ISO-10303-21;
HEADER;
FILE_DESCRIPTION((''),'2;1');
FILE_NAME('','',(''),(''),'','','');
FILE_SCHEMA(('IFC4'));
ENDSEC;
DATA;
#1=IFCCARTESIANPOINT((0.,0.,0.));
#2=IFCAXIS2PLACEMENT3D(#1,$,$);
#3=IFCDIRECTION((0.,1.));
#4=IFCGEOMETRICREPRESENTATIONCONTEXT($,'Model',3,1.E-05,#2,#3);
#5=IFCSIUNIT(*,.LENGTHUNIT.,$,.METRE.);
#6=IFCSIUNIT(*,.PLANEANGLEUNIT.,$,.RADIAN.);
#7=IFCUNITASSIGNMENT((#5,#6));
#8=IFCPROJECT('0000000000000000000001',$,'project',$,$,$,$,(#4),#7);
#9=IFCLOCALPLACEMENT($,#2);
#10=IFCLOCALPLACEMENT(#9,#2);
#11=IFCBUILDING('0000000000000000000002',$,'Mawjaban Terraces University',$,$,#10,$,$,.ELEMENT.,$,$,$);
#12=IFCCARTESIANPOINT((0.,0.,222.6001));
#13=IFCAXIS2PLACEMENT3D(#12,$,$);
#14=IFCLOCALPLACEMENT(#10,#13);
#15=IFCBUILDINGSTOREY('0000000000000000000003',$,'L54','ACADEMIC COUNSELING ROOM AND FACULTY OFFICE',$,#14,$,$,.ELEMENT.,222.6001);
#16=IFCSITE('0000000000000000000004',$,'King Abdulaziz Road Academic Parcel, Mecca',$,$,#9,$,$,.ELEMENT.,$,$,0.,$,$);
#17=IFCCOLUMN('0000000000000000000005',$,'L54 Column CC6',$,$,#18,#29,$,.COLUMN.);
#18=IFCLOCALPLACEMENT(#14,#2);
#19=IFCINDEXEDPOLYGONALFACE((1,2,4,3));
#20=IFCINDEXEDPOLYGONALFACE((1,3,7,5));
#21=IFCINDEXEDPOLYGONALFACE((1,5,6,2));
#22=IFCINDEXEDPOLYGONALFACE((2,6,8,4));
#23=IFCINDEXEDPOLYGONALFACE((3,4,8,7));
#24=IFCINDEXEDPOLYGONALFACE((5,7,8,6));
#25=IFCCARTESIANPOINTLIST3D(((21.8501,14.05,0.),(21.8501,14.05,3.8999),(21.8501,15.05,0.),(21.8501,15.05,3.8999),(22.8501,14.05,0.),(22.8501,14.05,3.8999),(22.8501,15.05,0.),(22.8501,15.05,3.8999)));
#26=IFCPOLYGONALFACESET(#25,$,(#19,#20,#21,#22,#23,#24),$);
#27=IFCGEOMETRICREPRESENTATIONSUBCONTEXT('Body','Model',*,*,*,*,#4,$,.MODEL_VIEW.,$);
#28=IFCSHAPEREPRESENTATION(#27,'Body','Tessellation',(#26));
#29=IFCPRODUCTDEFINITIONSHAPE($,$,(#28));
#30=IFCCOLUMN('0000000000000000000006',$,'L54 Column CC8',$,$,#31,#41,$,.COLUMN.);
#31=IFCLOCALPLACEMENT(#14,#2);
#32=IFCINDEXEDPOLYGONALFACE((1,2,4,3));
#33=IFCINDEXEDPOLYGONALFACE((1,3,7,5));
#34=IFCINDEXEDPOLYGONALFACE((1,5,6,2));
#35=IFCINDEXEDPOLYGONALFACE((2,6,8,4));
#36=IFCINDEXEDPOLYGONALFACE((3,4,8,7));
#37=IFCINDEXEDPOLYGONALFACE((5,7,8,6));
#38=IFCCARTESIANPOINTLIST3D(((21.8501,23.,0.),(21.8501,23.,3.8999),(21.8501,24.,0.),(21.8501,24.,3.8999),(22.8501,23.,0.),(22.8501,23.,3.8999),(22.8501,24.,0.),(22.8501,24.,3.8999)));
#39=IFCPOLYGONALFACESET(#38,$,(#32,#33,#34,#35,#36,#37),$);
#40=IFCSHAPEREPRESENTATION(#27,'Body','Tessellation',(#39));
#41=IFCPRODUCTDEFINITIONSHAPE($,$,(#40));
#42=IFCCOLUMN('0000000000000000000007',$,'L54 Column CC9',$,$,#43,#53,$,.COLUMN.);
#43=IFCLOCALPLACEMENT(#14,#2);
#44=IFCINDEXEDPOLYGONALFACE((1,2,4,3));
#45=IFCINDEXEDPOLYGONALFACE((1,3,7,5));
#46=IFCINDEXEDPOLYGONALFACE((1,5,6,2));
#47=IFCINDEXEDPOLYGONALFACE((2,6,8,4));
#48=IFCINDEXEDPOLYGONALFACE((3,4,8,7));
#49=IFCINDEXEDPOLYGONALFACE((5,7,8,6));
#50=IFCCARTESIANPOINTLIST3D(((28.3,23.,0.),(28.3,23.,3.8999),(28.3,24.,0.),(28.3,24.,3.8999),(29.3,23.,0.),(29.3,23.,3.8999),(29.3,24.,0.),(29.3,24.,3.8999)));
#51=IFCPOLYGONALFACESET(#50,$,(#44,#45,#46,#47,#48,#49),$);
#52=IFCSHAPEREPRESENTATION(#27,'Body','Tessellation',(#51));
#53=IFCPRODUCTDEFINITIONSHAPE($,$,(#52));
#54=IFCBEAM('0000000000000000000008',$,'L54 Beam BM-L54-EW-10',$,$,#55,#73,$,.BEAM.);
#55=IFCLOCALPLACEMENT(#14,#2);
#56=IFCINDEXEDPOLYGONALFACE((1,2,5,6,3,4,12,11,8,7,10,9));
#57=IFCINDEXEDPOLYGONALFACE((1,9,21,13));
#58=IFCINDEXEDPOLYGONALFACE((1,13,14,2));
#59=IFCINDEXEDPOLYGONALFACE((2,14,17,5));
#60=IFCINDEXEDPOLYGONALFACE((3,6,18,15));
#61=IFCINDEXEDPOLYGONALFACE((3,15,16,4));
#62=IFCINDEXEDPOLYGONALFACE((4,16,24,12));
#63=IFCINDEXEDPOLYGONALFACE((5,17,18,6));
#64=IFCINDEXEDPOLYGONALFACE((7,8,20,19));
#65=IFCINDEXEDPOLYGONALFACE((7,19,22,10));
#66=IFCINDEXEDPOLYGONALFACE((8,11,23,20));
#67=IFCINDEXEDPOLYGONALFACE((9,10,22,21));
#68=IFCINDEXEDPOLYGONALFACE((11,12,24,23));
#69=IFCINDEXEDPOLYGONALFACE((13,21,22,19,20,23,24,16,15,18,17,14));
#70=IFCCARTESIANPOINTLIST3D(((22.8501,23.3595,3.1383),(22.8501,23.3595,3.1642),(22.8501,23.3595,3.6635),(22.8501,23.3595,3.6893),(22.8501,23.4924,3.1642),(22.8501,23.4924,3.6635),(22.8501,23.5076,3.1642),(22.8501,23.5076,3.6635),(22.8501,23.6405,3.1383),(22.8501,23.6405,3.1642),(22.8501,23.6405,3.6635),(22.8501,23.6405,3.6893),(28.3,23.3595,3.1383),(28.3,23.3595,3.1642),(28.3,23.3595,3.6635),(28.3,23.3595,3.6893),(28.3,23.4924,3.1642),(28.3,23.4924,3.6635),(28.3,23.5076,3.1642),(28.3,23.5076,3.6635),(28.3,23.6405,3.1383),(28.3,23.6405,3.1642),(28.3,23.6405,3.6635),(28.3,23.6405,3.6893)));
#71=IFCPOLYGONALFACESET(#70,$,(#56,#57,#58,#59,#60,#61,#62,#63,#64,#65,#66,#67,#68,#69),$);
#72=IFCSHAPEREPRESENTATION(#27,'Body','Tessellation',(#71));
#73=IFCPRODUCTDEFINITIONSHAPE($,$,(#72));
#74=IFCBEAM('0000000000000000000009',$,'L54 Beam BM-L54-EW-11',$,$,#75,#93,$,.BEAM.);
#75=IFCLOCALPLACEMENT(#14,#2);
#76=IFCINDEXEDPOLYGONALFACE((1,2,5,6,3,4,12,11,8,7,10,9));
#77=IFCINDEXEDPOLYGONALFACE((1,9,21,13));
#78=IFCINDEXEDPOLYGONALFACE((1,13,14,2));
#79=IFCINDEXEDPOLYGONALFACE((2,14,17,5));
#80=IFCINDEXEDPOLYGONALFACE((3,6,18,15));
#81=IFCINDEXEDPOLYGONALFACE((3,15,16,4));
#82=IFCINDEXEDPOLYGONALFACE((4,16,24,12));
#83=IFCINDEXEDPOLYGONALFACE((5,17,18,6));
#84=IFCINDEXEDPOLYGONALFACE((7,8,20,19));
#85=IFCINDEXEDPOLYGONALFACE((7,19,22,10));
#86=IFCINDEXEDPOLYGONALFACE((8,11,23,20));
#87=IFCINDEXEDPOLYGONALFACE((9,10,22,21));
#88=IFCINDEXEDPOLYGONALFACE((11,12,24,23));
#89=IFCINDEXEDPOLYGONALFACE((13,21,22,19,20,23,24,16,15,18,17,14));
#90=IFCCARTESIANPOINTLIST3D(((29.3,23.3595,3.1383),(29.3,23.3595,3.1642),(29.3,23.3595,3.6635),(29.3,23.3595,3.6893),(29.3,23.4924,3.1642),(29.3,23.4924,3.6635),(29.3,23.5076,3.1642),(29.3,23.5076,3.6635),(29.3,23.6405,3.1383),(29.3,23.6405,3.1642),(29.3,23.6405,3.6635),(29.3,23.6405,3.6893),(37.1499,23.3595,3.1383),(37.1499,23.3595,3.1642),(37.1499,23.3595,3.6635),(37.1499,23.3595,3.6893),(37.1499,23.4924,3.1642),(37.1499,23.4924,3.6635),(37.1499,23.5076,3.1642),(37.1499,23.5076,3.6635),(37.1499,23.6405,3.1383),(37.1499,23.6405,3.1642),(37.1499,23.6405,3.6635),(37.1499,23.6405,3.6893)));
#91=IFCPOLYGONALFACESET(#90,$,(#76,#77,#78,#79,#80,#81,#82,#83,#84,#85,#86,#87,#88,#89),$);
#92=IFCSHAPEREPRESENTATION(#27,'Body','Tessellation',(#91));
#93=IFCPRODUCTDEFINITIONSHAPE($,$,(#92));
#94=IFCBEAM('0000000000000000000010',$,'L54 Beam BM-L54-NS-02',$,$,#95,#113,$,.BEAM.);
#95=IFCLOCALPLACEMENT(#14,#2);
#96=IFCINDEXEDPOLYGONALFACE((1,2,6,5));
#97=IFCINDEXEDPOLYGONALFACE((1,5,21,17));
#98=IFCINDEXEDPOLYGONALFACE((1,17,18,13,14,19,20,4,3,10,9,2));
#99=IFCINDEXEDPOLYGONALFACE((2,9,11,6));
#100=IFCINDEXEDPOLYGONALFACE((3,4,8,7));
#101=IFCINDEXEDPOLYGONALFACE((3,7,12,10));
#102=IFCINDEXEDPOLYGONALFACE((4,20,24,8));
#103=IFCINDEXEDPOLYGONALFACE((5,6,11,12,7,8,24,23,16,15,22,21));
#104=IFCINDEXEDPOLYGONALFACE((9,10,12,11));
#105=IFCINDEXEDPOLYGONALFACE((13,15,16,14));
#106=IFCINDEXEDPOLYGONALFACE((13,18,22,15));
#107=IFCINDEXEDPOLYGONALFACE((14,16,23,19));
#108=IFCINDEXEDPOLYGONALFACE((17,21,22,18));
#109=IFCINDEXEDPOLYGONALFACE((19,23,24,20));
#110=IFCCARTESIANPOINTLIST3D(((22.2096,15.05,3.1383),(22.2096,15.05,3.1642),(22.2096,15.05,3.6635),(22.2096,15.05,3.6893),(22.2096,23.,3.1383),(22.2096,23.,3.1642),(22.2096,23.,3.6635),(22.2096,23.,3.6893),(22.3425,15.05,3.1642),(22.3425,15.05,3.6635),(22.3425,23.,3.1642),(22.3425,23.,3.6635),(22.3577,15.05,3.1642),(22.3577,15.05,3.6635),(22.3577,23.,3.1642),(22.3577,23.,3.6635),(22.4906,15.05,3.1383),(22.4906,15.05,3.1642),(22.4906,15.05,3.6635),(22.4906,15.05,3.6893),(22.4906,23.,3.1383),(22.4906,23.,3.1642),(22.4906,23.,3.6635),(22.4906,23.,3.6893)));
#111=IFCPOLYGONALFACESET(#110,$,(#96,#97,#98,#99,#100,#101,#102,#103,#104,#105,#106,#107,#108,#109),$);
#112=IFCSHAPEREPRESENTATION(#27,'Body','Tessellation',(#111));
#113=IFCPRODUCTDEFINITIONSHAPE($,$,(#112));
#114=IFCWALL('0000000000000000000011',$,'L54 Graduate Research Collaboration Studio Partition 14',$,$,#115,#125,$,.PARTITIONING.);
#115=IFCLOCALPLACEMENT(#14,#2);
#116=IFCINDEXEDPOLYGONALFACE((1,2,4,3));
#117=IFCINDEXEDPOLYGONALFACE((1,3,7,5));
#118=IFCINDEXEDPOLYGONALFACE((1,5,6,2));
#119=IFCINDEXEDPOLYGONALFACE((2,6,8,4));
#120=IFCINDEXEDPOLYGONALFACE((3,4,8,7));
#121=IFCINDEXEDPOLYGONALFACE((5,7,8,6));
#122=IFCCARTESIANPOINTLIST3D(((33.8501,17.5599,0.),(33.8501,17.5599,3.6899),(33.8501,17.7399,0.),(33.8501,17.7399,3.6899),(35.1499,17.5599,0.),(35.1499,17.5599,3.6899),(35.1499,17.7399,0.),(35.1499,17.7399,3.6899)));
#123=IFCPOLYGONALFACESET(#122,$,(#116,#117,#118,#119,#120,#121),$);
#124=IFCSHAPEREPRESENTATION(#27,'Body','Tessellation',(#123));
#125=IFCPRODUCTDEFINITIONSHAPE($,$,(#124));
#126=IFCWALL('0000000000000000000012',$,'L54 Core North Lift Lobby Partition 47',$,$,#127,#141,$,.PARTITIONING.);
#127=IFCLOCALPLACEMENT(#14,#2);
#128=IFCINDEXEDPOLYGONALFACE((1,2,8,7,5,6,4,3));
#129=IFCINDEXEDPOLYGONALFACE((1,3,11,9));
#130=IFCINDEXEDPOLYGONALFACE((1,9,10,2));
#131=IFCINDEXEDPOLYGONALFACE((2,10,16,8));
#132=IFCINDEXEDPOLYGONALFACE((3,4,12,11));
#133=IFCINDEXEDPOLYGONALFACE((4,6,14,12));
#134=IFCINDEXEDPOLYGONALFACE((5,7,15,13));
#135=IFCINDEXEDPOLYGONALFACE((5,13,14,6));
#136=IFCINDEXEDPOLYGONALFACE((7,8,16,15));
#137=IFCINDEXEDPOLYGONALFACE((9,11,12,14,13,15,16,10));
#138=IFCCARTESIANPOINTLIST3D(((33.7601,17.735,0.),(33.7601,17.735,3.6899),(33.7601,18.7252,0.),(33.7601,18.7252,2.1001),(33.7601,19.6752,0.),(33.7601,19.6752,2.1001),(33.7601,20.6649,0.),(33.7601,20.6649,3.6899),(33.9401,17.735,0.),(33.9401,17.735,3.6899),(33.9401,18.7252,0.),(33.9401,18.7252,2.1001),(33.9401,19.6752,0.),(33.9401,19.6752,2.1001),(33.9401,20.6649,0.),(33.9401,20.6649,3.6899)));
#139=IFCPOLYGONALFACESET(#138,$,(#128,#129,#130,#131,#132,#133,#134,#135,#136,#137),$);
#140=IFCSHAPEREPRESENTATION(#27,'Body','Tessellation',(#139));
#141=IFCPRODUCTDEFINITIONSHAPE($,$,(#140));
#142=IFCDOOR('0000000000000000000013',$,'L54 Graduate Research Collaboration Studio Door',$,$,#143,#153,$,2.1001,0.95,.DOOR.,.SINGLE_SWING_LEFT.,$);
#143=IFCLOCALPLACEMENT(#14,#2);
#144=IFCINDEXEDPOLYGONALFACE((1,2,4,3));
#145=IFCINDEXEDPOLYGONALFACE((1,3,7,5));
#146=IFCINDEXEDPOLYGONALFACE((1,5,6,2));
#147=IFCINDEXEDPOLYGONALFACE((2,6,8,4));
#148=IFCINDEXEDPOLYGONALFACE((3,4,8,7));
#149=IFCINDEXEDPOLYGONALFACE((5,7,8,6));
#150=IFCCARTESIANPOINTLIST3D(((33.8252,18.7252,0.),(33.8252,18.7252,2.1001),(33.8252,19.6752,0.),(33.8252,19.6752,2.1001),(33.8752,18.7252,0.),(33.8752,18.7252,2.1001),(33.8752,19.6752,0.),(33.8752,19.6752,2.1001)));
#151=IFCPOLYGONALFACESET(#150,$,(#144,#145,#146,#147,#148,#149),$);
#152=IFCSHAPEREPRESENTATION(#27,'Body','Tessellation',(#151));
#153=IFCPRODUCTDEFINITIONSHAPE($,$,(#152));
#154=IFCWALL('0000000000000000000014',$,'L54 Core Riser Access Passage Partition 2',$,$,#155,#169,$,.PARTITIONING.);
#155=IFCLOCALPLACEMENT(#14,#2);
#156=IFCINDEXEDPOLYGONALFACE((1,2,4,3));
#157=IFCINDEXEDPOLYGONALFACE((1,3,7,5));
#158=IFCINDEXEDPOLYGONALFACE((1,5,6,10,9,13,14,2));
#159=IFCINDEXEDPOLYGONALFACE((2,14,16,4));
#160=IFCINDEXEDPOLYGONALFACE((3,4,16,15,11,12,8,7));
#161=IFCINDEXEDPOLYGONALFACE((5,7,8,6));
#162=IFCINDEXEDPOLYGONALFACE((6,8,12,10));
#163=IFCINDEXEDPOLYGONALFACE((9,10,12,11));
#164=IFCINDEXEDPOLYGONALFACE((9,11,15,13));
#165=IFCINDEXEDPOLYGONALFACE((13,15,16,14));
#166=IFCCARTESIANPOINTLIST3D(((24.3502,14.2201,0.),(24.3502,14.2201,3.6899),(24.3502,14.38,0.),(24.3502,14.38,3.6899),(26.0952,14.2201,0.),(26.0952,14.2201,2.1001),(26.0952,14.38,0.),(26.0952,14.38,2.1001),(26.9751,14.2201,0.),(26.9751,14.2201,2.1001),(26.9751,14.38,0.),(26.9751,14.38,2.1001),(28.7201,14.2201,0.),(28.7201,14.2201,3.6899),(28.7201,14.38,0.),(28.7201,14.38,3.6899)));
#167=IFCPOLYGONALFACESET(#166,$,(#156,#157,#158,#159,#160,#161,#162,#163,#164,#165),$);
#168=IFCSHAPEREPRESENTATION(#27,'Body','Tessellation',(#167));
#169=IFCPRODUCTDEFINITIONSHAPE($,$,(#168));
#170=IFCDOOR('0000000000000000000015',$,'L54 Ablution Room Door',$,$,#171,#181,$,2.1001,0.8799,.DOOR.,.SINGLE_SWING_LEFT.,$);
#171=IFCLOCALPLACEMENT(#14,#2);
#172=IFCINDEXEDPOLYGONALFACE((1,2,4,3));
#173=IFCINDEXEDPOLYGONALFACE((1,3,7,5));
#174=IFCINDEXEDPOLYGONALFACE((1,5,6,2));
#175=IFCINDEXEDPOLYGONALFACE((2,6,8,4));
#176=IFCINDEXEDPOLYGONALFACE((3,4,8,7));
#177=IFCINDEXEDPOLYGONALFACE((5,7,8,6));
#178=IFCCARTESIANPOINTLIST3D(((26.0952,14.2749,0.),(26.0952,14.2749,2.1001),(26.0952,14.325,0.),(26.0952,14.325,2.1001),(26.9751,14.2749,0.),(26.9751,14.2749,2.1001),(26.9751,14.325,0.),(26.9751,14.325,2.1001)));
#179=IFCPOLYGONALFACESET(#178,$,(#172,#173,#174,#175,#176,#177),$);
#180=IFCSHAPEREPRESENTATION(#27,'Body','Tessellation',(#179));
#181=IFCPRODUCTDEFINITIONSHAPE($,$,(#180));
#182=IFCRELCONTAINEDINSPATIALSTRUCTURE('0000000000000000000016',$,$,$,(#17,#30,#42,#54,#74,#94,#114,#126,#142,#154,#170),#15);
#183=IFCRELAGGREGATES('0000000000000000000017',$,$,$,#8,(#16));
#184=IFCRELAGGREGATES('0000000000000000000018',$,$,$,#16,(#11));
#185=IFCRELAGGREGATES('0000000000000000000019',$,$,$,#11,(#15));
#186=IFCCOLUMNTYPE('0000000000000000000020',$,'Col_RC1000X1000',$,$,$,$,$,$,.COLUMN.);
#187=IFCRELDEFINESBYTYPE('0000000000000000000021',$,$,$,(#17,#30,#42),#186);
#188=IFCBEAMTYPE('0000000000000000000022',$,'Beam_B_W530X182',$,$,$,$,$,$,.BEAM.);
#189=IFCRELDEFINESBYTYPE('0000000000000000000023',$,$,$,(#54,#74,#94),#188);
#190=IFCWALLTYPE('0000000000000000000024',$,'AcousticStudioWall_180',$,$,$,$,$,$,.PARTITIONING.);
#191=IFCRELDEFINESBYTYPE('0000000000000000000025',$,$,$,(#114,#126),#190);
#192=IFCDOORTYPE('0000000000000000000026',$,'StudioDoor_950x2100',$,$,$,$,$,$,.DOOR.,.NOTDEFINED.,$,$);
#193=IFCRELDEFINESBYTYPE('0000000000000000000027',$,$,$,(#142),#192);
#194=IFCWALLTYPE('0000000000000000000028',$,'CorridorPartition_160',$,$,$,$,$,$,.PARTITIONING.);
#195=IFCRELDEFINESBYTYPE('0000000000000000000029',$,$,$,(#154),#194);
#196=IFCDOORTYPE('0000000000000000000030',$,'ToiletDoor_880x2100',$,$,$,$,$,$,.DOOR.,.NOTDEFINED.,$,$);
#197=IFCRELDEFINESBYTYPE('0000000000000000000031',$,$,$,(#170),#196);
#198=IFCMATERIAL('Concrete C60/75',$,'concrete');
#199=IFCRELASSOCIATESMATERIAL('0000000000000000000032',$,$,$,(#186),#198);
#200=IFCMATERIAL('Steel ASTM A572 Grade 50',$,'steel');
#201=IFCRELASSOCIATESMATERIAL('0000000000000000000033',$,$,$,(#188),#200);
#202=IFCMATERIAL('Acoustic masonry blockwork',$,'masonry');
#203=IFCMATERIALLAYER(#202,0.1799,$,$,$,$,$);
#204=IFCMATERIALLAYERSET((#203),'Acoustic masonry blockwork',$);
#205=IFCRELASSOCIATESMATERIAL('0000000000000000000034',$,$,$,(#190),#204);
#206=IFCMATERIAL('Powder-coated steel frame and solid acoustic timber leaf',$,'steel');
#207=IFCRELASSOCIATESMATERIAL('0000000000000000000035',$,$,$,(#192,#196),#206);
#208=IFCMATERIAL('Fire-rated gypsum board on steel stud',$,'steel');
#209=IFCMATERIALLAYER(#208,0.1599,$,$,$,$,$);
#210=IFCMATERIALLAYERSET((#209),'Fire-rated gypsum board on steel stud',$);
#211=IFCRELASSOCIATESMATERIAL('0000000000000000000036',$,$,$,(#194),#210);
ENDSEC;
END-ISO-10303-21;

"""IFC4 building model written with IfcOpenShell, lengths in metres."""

from ifc_helpers import new_model, si_unit, direction, frame, frame_2d, origin, origin_2d, place, context, subcontext, project, spatial, rectangle, i_section, extrude, material, layer, layer_set, material_profile, profile_set, type_object, element, fill, save


model = new_model("IFC4")

# Units and contexts
model_context = context("Model", 3, precision=1e-05, world=origin(), true_north=direction((0.0, 1.0)))
body_context = subcontext(model_context, "Body", "Model", "MODEL_VIEW")
ifc_project = project(units=[si_unit("LENGTHUNIT", "METRE"), si_unit("PLANEANGLEUNIT", "RADIAN")], contexts=[model_context])

# Site, building, storey
site_placement = place(None, origin())
site = spatial("IfcSite", under=ifc_project, at=site_placement, Name="King Abdulaziz Road Academic Parcel, Mecca", CompositionType="ELEMENT", RefElevation=0.0)
building_placement = place(site_placement, origin())
building = spatial("IfcBuilding", under=site, at=building_placement, Name="Mawjaban Terraces University", CompositionType="ELEMENT")
storey_placement = place(building_placement, frame((0.0, 0.0, 222.6001)))
storey = spatial("IfcBuildingStorey", under=building, at=storey_placement, Name="L54", Description="ACADEMIC COUNSELING ROOM AND FACULTY OFFICE", CompositionType="ELEMENT", Elevation=222.6001)

# Columns
ifc_material_1 = material(Name="Concrete C60/75", Category="concrete")
ifc_material_profile_1 = material_profile(ifc_material_1, rectangle(XDim=1.0, YDim=1.0, at=origin_2d()), Name="RC1000X1000")
ifc_profile_set_1 = profile_set([ifc_material_profile_1], Name="Concrete C60/75")
column_type = type_object("IfcColumnType", Name="Col_RC1000X1000", PredefinedType="COLUMN", material=ifc_profile_set_1)
for number, where, z_axis, x_axis, name in (
    (1, (22.3501, 14.55, 0.0), (0.0, 0.0, 1.0), (1.0, 0.0, 0.0), "L54 Column CC6"),
    (2, (22.3501, 23.5, 0.0), (0.0, 0.0, 1.0), (1.0, 0.0, 0.0), "L54 Column CC8"),
    (3, (28.8, 23.5, 0.0), (0.0, 0.0, 1.0), (1.0, 0.0, 0.0), "L54 Column CC9"),
):
    element("IfcColumn", number, at=place(storey_placement, frame(where, z_axis=z_axis, x_axis=x_axis)), inside=storey, type_object=column_type, Name=name, PredefinedType="COLUMN", context=body_context, shape_type="SweptSolid", body=[
        extrude(rectangle(XDim=1.0, YDim=1.0, at=origin_2d()), origin(), (0.0, 0.0, 1.0), 3.8999),
    ])

# Beams
ifc_material_2 = material(Name="Steel ASTM A572 Grade 50", Category="steel")
ifc_material_profile_2 = material_profile(ifc_material_2, i_section(OverallWidth=0.281, OverallDepth=0.551, WebThickness=0.0151, FlangeThickness=0.0259, at=origin_2d()), Name="W530X182")
ifc_profile_set_2 = profile_set([ifc_material_profile_2], Name="Steel ASTM A572 Grade 50")
beam_type = type_object("IfcBeamType", Name="Beam_B_W530X182", PredefinedType="BEAM", material=ifc_profile_set_2)
beam_1_placement = place(storey_placement, frame((22.8501, 23.5, 3.4138), z_axis=(1.0, 0.0, 0.0), x_axis=(0.0, 1.0, 0.0)))
element("IfcBeam", 4, at=beam_1_placement, inside=storey, type_object=beam_type, Name="L54 Beam BM-L54-EW-10", PredefinedType="BEAM", context=body_context, shape_type="SweptSolid", body=[
    extrude(i_section(OverallWidth=0.281, OverallDepth=0.551, WebThickness=0.0151, FlangeThickness=0.0259, at=origin_2d()), origin(), (0.0, 0.0, 1.0), 5.45),
])
beam_2_placement = place(storey_placement, frame((29.3, 23.5, 3.4138), z_axis=(1.0, 0.0, 0.0), x_axis=(0.0, 1.0, 0.0)))
element("IfcBeam", 5, at=beam_2_placement, inside=storey, type_object=beam_type, Name="L54 Beam BM-L54-EW-11", PredefinedType="BEAM", context=body_context, shape_type="SweptSolid", body=[
    extrude(i_section(OverallWidth=0.281, OverallDepth=0.551, WebThickness=0.0151, FlangeThickness=0.0259, at=origin_2d()), origin(), (0.0, 0.0, 1.0), 7.8499),
])
beam_3_placement = place(storey_placement, frame((22.3501, 15.05, 3.4138), z_axis=(0.0, 1.0, 0.0), x_axis=(-1.0, 0.0, 0.0)))
element("IfcBeam", 6, at=beam_3_placement, inside=storey, type_object=beam_type, Name="L54 Beam BM-L54-NS-02", PredefinedType="BEAM", context=body_context, shape_type="SweptSolid", body=[
    extrude(i_section(OverallWidth=0.281, OverallDepth=0.551, WebThickness=0.0151, FlangeThickness=0.0259, at=origin_2d()), origin(), (0.0, 0.0, 1.0), 7.95),
])

# Wall
ifc_material_3 = material(Name="Acoustic masonry blockwork", Category="masonry")
ifc_layer_1 = layer(ifc_material_3, 0.1799)
ifc_layer_set_1 = layer_set([ifc_layer_1], Name="Acoustic masonry blockwork")
wall_type_1 = type_object("IfcWallType", Name="AcousticStudioWall_180", PredefinedType="PARTITIONING", material=ifc_layer_set_1)
wall_1_placement = place(storey_placement, frame((33.8501, 17.6499, 0.0), z_axis=(0.0, 0.0, 1.0), x_axis=(1.0, 0.0, 0.0)))
element("IfcWall", 7, at=wall_1_placement, inside=storey, type_object=wall_type_1, Name="L54 Graduate Research Collaboration Studio Partition 14", PredefinedType="PARTITIONING", context=body_context, shape_type="SweptSolid", body=[
    extrude(rectangle(XDim=1.2998, YDim=0.1799, at=frame_2d((0.6499, 0.0))), origin(), (0.0, 0.0, 1.0), 3.6899),
])

# Walls, openings, doors
wall_2_placement = place(storey_placement, frame((33.8501, 17.7351, 0.0), z_axis=(0.0, 0.0, 1.0), x_axis=(0.0, 1.0, 0.0)))
wall_2 = element("IfcWall", 8, at=wall_2_placement, inside=storey, type_object=wall_type_1, Name="L54 Core North Lift Lobby Partition 47", PredefinedType="PARTITIONING", context=body_context, shape_type="SweptSolid", body=[
    extrude(rectangle(XDim=2.9299, YDim=0.1799, at=frame_2d((1.4648, 0.0))), origin(), (0.0, 0.0, 1.0), 3.6899),
])
opening_1_placement = place(wall_2_placement, frame((0.99, 0.0, 0.0)))
opening_1 = element("IfcOpeningElement", 9, at=opening_1_placement, cuts=wall_2, PredefinedType="OPENING", context=body_context, shape_type="SweptSolid", body=[
    extrude(rectangle(XDim=0.95, YDim=2.1001, at=frame_2d((0.4751, 1.05))), frame((0.0, 0.0999, 0.0), z_axis=(0.0, -1.0, 0.0), x_axis=(1.0, 0.0, 0.0)), (0.0, 0.0, 1.0), 0.2),
])
ifc_material_4 = material(Name="Powder-coated steel frame and solid acoustic timber leaf", Category="steel")
door_type_1 = type_object("IfcDoorType", Name="StudioDoor_950x2100", OperationType="NOTDEFINED", PredefinedType="DOOR", material=ifc_material_4)
door_1_placement = place(opening_1_placement, origin())
door_1 = element("IfcDoor", 10, at=door_1_placement, inside=storey, type_object=door_type_1, Name="L54 Graduate Research Collaboration Studio Door", OperationType="SINGLE_SWING_LEFT", OverallHeight=2.1001, OverallWidth=0.95, PredefinedType="DOOR", context=body_context, shape_type="SweptSolid", body=[
    extrude(rectangle(XDim=0.95, YDim=2.1001, at=frame_2d((0.4751, 1.05))), frame((0.0, 0.0249, 0.0), z_axis=(0.0, -1.0, 0.0), x_axis=(1.0, 0.0, 0.0)), (0.0, 0.0, 1.0), 0.05),
])
fill(opening_1, door_1)
ifc_material_5 = material(Name="Fire-rated gypsum board on steel stud", Category="steel")
ifc_layer_2 = layer(ifc_material_5, 0.1599)
ifc_layer_set_2 = layer_set([ifc_layer_2], Name="Fire-rated gypsum board on steel stud")
wall_type_2 = type_object("IfcWallType", Name="CorridorPartition_160", PredefinedType="PARTITIONING", material=ifc_layer_set_2)
wall_3_placement = place(storey_placement, frame((24.3501, 14.3, 0.0), z_axis=(0.0, 0.0, 1.0), x_axis=(1.0, 0.0, 0.0)))
wall_3 = element("IfcWall", 11, at=wall_3_placement, inside=storey, type_object=wall_type_2, Name="L54 Core Riser Access Passage Partition 2", PredefinedType="PARTITIONING", context=body_context, shape_type="SweptSolid", body=[
    extrude(rectangle(XDim=4.3699, YDim=0.1599, at=frame_2d((2.1851, 0.0))), origin(), (0.0, 0.0, 1.0), 3.6899),
])
opening_2_placement = place(wall_3_placement, frame((1.7451, 0.0, 0.0)))
opening_2 = element("IfcOpeningElement", 12, at=opening_2_placement, cuts=wall_3, PredefinedType="OPENING", context=body_context, shape_type="SweptSolid", body=[
    extrude(rectangle(XDim=0.8799, YDim=2.1001, at=frame_2d((0.4399, 1.05))), frame((0.0, 0.0898, 0.0), z_axis=(0.0, -1.0, 0.0), x_axis=(1.0, 0.0, 0.0)), (0.0, 0.0, 1.0), 0.1799),
])
door_type_2 = type_object("IfcDoorType", Name="ToiletDoor_880x2100", OperationType="NOTDEFINED", PredefinedType="DOOR", material=ifc_material_4)
door_2_placement = place(opening_2_placement, origin())
door_2 = element("IfcDoor", 13, at=door_2_placement, inside=storey, type_object=door_type_2, Name="L54 Ablution Room Door", OperationType="SINGLE_SWING_LEFT", OverallHeight=2.1001, OverallWidth=0.8799, PredefinedType="DOOR", context=body_context, shape_type="SweptSolid", body=[
    extrude(rectangle(XDim=0.8799, YDim=2.1001, at=frame_2d((0.4399, 1.05))), frame((0.0, 0.0249, 0.0), z_axis=(0.0, -1.0, 0.0), x_axis=(1.0, 0.0, 0.0)), (0.0, 0.0, 1.0), 0.05),
])
fill(opening_2, door_2)

save(model, "model.ifc")
